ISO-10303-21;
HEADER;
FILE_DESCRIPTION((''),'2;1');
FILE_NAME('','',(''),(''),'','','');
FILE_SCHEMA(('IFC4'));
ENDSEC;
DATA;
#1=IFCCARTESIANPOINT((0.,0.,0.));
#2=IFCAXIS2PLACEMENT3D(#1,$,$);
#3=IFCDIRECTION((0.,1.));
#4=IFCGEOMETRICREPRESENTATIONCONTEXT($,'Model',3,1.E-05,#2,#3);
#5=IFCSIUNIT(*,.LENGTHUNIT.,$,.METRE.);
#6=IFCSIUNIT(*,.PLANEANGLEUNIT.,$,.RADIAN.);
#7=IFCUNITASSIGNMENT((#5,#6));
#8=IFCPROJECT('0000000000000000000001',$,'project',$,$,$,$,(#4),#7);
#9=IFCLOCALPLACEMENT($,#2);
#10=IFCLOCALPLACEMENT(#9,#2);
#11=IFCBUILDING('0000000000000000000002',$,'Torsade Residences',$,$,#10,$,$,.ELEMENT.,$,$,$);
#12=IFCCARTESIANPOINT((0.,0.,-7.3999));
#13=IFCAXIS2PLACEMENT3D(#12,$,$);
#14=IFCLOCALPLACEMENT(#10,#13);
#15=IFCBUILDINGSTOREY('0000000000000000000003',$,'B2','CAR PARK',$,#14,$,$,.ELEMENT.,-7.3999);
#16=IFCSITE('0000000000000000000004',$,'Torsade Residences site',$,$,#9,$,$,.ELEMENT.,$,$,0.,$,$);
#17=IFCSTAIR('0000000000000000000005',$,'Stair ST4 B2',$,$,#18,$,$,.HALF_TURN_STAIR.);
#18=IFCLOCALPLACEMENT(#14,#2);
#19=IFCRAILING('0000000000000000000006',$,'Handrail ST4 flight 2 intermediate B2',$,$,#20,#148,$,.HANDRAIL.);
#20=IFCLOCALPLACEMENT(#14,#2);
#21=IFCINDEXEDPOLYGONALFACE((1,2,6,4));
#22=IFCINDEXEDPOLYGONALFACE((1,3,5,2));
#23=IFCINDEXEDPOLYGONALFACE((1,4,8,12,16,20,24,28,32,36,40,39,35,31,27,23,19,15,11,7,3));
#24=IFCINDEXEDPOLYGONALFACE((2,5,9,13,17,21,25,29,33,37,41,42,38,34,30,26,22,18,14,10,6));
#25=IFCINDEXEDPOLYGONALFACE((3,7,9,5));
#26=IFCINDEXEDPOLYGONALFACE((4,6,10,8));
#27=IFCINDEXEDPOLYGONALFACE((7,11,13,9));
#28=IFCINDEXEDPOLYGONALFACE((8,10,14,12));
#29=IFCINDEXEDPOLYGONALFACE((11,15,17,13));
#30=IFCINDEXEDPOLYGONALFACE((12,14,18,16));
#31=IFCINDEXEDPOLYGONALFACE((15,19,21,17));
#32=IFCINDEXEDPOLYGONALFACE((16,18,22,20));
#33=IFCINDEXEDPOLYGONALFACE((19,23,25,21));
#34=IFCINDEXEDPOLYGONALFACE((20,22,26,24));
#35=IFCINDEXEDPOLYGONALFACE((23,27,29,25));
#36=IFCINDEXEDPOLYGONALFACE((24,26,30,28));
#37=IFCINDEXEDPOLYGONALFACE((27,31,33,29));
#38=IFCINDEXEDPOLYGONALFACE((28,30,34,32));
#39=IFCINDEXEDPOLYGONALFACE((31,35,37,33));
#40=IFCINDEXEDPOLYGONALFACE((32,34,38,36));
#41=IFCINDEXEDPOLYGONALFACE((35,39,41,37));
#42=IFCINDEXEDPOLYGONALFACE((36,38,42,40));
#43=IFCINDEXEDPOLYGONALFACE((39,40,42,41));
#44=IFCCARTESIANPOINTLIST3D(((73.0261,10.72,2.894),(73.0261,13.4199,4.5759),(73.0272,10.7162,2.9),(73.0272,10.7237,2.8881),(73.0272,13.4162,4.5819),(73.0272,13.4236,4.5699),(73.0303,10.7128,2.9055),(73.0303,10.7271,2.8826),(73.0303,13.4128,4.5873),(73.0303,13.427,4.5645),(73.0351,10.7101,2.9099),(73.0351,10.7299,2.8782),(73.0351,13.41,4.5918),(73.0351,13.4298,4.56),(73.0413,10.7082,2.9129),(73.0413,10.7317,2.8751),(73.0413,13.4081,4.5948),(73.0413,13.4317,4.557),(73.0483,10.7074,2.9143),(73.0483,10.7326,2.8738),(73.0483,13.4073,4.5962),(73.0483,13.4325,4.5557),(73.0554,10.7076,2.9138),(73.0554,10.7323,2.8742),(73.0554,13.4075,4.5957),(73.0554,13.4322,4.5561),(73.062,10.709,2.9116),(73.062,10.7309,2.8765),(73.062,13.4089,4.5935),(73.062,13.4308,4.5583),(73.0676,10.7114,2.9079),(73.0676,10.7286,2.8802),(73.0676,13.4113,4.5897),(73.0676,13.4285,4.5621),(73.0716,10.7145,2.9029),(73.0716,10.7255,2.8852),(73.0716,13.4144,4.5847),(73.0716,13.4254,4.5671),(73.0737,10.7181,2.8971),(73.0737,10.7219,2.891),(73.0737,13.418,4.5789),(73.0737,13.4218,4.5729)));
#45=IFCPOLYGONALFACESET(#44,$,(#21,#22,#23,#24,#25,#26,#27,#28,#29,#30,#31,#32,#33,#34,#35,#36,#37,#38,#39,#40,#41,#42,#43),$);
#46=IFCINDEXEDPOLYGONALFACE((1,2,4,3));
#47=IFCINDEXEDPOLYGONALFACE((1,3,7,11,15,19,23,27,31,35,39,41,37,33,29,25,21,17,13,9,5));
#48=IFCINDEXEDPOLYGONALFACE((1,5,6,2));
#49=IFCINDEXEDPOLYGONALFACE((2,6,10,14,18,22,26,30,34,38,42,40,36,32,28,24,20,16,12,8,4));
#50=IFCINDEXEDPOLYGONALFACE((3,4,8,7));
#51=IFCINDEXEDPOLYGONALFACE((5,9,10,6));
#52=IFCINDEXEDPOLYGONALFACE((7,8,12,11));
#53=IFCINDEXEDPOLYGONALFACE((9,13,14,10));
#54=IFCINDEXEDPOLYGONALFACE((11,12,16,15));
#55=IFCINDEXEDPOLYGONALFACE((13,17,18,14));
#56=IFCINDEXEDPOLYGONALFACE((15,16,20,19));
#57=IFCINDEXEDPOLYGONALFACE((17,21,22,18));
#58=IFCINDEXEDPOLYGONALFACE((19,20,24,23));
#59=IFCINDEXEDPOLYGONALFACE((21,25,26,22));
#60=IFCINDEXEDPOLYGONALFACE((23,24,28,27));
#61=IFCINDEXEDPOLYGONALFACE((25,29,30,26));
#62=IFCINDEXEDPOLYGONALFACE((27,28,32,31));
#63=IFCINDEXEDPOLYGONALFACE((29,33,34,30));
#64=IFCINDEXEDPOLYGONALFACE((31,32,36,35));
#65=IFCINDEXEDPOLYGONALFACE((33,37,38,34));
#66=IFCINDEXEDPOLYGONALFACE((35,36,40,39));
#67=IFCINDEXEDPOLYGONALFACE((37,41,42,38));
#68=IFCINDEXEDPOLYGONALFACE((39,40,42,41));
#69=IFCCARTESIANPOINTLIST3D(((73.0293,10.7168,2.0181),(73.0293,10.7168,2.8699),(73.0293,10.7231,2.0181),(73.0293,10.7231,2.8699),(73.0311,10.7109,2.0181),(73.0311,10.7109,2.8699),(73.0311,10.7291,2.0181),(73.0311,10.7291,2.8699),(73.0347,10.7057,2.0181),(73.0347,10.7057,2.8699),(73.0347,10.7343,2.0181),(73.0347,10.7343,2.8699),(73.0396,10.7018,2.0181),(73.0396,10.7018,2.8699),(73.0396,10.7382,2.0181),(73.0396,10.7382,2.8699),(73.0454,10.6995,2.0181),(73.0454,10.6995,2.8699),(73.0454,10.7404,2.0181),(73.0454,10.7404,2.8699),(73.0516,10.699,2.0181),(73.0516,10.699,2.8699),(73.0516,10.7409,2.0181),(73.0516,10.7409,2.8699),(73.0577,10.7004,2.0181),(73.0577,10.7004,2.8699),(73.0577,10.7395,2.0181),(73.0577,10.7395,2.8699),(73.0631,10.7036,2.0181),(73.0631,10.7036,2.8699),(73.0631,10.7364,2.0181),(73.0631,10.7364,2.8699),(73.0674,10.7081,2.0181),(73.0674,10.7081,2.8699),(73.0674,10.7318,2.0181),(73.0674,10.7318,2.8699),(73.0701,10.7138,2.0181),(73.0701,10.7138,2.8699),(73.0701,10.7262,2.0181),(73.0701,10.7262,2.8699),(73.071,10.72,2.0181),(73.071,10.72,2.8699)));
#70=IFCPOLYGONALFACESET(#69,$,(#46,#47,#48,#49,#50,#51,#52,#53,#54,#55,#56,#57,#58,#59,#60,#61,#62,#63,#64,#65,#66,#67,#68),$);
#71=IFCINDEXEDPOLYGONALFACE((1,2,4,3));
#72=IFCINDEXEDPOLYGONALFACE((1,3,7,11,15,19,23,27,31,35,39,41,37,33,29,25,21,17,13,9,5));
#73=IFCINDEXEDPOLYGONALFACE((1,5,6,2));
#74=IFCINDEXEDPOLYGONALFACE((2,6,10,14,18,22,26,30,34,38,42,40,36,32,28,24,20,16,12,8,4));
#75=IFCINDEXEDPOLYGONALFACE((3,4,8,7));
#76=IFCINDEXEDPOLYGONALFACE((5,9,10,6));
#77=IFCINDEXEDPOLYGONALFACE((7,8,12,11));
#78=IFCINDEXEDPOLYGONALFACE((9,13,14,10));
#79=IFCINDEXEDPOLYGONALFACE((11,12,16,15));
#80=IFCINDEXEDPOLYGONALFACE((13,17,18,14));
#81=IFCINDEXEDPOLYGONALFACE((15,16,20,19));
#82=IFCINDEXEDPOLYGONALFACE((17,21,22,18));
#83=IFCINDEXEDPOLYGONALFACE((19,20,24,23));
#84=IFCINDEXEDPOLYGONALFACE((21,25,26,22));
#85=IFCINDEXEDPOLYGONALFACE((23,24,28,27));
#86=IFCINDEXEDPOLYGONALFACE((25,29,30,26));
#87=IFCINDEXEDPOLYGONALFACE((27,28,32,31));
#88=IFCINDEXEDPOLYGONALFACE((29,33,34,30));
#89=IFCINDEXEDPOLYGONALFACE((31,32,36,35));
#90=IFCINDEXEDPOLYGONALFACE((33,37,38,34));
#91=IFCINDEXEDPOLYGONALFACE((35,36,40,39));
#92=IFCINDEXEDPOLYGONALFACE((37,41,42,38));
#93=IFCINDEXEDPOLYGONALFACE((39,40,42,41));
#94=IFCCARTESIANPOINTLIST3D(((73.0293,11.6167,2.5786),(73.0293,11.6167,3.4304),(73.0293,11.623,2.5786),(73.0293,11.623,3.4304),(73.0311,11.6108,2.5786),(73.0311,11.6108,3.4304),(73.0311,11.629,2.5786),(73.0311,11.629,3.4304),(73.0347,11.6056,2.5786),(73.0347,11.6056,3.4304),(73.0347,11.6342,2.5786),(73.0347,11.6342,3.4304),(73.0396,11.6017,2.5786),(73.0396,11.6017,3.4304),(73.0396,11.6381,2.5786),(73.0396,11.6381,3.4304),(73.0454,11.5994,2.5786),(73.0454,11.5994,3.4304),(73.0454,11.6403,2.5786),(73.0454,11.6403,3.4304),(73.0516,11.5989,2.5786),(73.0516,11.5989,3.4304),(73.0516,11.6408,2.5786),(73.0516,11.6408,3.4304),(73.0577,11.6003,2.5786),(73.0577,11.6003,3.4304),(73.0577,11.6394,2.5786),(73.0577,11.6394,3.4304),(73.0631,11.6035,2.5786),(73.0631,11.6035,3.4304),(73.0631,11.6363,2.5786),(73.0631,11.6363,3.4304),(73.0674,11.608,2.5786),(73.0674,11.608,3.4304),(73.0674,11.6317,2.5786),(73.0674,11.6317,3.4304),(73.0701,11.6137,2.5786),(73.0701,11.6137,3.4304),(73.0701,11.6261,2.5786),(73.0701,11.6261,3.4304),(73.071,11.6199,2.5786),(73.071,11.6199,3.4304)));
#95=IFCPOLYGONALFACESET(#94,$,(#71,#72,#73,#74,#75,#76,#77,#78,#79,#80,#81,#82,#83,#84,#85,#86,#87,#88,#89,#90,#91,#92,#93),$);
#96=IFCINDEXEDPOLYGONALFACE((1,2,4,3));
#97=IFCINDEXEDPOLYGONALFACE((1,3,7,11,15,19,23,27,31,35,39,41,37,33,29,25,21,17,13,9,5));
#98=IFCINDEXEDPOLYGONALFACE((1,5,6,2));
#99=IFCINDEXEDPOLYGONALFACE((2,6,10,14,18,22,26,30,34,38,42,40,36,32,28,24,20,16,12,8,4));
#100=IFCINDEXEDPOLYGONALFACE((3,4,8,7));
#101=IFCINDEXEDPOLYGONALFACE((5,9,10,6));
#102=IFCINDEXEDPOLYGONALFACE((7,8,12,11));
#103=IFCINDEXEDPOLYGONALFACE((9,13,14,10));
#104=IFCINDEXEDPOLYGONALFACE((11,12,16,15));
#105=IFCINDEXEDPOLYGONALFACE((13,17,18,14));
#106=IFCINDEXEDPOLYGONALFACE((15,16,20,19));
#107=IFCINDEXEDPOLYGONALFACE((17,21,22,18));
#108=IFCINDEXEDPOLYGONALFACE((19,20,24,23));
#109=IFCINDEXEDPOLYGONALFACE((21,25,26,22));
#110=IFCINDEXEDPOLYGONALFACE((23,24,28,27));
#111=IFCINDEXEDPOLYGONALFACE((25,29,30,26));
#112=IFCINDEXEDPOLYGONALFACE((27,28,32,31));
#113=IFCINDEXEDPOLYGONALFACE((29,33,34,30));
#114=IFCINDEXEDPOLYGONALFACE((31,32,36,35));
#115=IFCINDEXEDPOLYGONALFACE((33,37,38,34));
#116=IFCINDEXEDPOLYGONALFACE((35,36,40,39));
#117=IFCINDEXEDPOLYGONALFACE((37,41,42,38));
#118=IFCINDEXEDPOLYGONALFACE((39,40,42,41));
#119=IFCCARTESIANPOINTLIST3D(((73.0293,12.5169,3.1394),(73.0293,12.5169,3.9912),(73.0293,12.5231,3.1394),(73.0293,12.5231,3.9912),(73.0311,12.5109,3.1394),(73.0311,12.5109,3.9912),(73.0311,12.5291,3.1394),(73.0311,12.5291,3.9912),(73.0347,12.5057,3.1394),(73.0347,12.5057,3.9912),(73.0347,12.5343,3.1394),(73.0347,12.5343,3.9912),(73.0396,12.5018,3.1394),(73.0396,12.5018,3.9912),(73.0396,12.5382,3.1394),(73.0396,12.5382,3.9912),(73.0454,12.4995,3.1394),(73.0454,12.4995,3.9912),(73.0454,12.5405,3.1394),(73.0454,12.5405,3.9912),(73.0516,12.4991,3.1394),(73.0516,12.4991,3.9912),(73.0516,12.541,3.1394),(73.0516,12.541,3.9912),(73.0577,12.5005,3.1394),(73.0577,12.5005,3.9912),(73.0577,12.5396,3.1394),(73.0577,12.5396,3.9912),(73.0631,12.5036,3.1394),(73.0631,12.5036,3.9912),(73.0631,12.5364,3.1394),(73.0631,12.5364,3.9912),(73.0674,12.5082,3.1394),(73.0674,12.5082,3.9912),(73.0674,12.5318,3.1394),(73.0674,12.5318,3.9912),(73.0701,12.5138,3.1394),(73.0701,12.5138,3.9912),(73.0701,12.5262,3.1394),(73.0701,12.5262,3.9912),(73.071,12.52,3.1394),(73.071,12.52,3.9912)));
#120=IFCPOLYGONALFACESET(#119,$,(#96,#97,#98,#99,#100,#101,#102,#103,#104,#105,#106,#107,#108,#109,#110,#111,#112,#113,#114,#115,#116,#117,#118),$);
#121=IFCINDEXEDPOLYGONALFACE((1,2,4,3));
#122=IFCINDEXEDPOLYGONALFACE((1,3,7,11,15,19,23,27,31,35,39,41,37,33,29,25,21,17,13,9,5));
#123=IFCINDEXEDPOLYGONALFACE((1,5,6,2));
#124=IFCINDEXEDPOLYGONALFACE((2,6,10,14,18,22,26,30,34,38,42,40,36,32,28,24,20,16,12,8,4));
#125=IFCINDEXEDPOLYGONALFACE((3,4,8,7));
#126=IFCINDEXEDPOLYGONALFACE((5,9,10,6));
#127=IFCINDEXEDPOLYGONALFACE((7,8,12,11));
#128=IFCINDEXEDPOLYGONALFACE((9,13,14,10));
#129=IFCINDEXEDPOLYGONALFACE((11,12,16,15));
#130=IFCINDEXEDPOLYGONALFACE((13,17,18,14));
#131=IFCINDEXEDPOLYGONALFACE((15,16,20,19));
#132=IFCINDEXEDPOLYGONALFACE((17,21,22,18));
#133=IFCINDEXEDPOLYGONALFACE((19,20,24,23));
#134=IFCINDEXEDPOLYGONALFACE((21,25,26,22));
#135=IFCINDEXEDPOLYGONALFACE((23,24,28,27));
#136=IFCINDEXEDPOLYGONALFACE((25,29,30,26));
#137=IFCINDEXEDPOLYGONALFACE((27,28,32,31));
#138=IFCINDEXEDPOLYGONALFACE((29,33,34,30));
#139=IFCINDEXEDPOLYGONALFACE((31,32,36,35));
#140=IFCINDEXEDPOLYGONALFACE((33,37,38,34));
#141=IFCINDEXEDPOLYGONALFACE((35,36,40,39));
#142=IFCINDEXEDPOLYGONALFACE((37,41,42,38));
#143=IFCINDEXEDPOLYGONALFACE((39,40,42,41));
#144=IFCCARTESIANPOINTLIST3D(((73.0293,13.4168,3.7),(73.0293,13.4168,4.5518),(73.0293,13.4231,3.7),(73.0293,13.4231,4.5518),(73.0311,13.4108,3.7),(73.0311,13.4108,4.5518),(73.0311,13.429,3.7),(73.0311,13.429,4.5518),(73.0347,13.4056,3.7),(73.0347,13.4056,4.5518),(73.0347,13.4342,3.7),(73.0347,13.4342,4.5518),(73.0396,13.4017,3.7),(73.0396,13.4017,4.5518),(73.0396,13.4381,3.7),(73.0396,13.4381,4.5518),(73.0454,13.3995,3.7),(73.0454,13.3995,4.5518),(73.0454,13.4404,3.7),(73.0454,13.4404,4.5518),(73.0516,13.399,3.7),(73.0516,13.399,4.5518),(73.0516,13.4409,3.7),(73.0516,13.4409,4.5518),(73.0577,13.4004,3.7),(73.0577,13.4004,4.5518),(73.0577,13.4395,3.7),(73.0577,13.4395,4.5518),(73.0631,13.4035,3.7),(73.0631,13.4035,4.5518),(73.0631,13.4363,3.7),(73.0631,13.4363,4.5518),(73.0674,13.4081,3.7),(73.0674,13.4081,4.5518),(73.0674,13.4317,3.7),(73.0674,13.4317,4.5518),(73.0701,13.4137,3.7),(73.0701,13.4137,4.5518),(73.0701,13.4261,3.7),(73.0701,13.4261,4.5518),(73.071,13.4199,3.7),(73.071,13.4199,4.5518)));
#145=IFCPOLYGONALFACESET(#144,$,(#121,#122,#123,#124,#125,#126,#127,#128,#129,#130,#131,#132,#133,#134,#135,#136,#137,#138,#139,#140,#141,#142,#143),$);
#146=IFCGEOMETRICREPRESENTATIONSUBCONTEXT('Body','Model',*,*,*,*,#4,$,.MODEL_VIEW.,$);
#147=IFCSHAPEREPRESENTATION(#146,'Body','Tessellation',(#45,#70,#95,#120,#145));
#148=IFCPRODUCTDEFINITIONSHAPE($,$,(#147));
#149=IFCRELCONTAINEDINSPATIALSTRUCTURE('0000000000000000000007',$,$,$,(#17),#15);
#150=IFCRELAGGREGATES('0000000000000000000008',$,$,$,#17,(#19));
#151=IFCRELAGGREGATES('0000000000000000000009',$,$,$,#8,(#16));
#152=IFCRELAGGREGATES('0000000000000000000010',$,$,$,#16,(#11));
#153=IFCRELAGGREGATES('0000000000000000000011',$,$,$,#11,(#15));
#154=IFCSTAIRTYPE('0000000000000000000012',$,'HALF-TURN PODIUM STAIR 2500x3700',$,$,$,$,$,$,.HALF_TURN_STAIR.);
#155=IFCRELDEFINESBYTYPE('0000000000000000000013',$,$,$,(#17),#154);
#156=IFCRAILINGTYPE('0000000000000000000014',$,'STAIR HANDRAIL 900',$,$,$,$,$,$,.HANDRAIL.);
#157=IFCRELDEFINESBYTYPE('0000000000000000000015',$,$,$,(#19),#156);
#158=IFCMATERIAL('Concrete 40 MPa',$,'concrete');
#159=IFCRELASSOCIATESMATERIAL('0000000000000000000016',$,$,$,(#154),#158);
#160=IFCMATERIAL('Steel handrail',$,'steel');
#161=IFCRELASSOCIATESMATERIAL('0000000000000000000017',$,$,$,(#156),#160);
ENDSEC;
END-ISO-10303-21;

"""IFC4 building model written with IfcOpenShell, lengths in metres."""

from ifc_helpers import new_model, si_unit, direction, frame, origin, origin_2d, place, context, subcontext, project, spatial, circle, extrude, material, type_object, element, aggregate, save


model = new_model("IFC4")

# Units and contexts
model_context = context("Model", 3, precision=1e-05, world=origin(), true_north=direction((0.0, 1.0)))
body_context = subcontext(model_context, "Body", "Model", "MODEL_VIEW")
ifc_project = project(units=[si_unit("LENGTHUNIT", "METRE"), si_unit("PLANEANGLEUNIT", "RADIAN")], contexts=[model_context])

# Site, building, storey
site_placement = place(None, origin())
site = spatial("IfcSite", under=ifc_project, at=site_placement, Name="Torsade Residences site", CompositionType="ELEMENT", RefElevation=0.0)
building_placement = place(site_placement, origin())
building = spatial("IfcBuilding", under=site, at=building_placement, Name="Torsade Residences", CompositionType="ELEMENT")
storey_placement = place(building_placement, frame((0.0, 0.0, -7.3999)))
storey = spatial("IfcBuildingStorey", under=building, at=storey_placement, Name="B2", Description="CAR PARK", CompositionType="ELEMENT", Elevation=-7.3999)

# Stair, railing
ifc_material_1 = material(Name="Concrete 40 MPa", Category="concrete")
stair_type = type_object("IfcStairType", Name="HALF-TURN PODIUM STAIR 2500x3700", PredefinedType="HALF_TURN_STAIR", material=ifc_material_1)
stair_placement = place(storey_placement, origin())
stair = element("IfcStair", 1, at=stair_placement, inside=storey, type_object=stair_type, Name="Stair ST4 B2", PredefinedType="HALF_TURN_STAIR")
ifc_material_2 = material(Name="Steel handrail", Category="steel")
railing_type_1 = type_object("IfcRailingType", Name="STAIR HANDRAIL 900", PredefinedType="HANDRAIL", material=ifc_material_2)
railing_1_placement = place(storey_placement, frame((73.05, 10.72, 2.0181)))
railing_1 = element("IfcRailing", 2, at=railing_1_placement, type_object=railing_type_1, Name="Handrail ST4 flight 2 intermediate B2", PredefinedType="HANDRAIL", context=body_context, shape_type="SweptSolid", body=[
    extrude(circle(Radius=0.0239, at=origin_2d()), frame((0.0, 0.0, 0.876), z_axis=(0.0, 0.848786, 0.528736), x_axis=(-1.0, 0.0, 0.0)), (0.0, 0.0, 1.0), 3.1809),
    extrude(circle(Radius=0.021, at=origin_2d()), origin(), (0.0, 0.0, 1.0), 0.8518),
    extrude(circle(Radius=0.021, at=origin_2d()), frame((0.0, 0.8999, 0.5605)), (0.0, 0.0, 1.0), 0.8518),
    extrude(circle(Radius=0.021, at=origin_2d()), frame((0.0, 1.8, 1.1213)), (0.0, 0.0, 1.0), 0.8518),
    extrude(circle(Radius=0.021, at=origin_2d()), frame((0.0, 2.7, 1.6819)), (0.0, 0.0, 1.0), 0.8518),
])
aggregate(stair, [railing_1])

save(model, "model.ifc")
